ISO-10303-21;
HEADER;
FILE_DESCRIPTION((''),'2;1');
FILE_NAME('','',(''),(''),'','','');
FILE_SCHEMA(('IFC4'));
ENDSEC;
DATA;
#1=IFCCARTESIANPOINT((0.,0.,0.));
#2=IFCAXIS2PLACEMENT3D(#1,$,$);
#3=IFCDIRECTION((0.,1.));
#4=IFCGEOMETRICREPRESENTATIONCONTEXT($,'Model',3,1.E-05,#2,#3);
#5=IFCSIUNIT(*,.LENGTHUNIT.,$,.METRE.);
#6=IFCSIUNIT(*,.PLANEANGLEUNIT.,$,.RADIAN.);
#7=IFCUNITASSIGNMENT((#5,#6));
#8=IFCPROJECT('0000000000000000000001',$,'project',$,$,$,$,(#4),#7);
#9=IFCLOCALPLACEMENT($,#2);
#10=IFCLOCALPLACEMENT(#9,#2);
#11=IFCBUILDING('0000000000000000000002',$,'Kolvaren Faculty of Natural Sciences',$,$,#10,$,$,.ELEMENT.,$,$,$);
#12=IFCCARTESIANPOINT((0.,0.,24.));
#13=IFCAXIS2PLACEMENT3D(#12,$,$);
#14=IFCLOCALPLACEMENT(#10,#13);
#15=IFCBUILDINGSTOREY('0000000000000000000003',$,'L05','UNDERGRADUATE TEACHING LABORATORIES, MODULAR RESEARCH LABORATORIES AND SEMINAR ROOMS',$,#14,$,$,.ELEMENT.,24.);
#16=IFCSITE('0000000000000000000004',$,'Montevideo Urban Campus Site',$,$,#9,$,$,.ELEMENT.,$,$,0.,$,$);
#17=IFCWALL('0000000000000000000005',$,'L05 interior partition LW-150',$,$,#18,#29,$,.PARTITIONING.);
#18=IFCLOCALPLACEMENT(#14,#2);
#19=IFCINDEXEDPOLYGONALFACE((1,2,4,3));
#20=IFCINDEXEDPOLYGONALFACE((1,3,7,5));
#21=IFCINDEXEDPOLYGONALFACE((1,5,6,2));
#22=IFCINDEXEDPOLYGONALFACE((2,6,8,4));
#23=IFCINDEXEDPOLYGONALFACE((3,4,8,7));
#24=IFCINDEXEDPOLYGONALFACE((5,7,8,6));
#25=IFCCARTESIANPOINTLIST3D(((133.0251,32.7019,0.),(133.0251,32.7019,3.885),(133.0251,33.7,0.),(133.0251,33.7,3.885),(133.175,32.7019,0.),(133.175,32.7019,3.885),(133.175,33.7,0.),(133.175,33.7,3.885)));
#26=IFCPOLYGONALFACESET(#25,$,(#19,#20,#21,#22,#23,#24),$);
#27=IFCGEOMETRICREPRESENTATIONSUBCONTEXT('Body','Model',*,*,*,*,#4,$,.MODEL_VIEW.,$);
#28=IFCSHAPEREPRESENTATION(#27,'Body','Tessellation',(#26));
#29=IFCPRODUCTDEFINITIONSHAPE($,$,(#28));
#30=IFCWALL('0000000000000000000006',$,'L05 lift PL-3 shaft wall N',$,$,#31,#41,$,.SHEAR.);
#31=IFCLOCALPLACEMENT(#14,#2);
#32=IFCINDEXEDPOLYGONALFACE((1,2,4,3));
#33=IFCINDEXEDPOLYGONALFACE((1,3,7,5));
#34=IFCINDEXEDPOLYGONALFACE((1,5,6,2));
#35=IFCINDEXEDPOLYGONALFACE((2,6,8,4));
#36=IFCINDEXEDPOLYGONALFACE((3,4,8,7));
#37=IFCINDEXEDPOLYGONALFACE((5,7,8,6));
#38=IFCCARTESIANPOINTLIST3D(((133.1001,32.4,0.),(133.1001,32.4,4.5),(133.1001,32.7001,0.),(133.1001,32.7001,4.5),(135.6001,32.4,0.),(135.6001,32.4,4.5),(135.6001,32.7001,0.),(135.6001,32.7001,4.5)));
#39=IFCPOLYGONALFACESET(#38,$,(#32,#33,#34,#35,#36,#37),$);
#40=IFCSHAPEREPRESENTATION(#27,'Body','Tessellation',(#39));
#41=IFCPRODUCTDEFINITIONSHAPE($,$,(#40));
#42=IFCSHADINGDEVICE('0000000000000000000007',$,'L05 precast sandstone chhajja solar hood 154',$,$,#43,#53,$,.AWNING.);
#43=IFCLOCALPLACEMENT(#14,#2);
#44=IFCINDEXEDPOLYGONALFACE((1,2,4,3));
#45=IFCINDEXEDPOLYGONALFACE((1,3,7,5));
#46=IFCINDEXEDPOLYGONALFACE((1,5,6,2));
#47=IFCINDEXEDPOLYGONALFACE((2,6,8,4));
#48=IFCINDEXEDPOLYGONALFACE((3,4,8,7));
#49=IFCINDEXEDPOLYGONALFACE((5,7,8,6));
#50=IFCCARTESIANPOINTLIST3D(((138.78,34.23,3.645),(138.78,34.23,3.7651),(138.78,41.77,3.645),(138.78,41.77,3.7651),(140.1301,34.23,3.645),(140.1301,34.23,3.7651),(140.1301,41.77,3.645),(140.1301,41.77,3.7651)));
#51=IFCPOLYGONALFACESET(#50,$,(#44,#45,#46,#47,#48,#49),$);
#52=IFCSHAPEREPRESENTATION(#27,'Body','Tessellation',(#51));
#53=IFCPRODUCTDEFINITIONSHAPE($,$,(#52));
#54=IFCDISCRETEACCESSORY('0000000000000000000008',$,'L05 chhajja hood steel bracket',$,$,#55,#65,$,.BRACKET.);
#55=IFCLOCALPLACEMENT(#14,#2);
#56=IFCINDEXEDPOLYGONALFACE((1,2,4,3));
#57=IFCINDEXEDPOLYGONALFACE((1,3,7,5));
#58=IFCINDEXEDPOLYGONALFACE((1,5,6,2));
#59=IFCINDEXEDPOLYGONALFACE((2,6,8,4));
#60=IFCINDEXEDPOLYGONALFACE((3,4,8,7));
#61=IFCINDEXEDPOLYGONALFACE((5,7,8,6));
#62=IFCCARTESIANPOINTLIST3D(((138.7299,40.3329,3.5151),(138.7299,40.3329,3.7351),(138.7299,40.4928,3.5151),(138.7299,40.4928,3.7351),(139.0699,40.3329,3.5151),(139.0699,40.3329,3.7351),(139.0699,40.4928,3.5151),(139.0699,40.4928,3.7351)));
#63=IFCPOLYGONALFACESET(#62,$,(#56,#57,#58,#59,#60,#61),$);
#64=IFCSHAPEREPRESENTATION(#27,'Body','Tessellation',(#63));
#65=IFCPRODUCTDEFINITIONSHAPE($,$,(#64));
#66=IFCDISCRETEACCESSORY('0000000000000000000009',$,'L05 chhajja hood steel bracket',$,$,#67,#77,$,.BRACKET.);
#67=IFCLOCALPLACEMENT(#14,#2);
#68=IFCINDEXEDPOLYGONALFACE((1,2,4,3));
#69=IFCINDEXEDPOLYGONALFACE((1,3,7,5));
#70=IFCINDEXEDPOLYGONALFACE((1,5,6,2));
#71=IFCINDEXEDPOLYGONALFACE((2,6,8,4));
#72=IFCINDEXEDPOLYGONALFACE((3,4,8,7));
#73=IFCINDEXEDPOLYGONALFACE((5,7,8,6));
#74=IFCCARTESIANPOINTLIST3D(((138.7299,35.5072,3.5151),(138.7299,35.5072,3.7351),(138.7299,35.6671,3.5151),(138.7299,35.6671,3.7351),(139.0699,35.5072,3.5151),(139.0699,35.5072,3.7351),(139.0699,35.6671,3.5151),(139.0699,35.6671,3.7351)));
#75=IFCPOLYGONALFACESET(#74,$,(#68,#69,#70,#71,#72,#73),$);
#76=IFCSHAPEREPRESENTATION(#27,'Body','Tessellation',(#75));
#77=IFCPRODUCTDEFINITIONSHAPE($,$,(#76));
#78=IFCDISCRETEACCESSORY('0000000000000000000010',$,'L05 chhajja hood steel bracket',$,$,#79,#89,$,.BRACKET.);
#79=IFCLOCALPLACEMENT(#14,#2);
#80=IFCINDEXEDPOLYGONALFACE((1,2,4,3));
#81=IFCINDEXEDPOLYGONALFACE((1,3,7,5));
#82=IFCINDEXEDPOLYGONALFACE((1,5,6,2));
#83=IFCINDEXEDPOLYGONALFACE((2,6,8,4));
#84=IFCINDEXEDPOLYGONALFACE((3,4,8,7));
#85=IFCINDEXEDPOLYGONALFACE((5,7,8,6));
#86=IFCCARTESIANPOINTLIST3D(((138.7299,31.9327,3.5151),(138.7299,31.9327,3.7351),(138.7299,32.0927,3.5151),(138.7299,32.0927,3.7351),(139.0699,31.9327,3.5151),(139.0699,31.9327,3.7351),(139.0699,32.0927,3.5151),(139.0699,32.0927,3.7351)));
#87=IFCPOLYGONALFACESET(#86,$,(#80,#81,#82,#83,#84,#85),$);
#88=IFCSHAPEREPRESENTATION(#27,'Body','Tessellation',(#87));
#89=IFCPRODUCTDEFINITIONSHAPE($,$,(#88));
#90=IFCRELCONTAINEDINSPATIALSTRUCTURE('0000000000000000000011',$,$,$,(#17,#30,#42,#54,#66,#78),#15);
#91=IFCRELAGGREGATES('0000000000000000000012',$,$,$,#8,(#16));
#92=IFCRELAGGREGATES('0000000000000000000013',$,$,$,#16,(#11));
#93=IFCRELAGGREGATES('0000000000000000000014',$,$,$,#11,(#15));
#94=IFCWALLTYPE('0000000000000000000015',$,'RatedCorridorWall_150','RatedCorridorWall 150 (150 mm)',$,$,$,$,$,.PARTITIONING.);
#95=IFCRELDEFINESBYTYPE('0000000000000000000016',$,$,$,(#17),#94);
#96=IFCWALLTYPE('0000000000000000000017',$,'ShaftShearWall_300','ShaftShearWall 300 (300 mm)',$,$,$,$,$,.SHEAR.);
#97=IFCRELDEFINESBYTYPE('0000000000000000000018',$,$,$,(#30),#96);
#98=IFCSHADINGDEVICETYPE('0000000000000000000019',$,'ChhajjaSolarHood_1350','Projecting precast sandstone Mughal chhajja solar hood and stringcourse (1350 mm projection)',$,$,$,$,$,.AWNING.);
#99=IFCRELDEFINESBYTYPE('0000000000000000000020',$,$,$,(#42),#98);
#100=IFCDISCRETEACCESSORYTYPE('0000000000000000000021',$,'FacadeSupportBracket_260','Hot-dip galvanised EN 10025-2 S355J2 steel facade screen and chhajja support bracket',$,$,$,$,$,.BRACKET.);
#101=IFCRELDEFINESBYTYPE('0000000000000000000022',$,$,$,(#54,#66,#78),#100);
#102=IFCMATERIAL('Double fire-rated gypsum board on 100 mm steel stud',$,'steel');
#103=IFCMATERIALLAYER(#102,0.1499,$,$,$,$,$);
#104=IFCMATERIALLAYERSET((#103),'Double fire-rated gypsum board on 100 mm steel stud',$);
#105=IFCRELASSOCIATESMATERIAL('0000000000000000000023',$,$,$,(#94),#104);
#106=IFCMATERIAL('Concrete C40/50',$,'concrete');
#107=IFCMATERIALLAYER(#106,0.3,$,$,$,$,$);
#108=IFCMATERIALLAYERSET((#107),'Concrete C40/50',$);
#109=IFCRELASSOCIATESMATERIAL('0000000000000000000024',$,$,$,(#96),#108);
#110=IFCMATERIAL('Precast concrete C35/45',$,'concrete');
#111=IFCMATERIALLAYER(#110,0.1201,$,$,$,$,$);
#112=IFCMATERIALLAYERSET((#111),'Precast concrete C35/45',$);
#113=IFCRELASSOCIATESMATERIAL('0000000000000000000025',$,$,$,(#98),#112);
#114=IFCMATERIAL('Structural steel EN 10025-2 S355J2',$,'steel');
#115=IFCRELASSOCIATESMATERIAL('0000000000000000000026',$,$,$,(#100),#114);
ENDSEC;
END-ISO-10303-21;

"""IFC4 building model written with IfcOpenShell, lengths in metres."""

from ifc_helpers import new_model, si_unit, direction, frame, frame_2d, origin, origin_2d, place, context, subcontext, project, spatial, rectangle, extrude, material, layer, layer_set, type_object, element, save


model = new_model("IFC4")

# Units and contexts
model_context = context("Model", 3, precision=1e-05, world=origin(), true_north=direction((0.0, 1.0)))
body_context = subcontext(model_context, "Body", "Model", "MODEL_VIEW")
ifc_project = project(units=[si_unit("LENGTHUNIT", "METRE"), si_unit("PLANEANGLEUNIT", "RADIAN")], contexts=[model_context])

# Site, building, storey
site_placement = place(None, origin())
site = spatial("IfcSite", under=ifc_project, at=site_placement, Name="Montevideo Urban Campus Site", CompositionType="ELEMENT", RefElevation=0.0)
building_placement = place(site_placement, origin())
building = spatial("IfcBuilding", under=site, at=building_placement, Name="Kolvaren Faculty of Natural Sciences", CompositionType="ELEMENT")
storey_placement = place(building_placement, frame((0.0, 0.0, 24.0)))
storey = spatial("IfcBuildingStorey", under=building, at=storey_placement, Name="L05", Description="UNDERGRADUATE TEACHING LABORATORIES, MODULAR RESEARCH LABORATORIES AND SEMINAR ROOMS", CompositionType="ELEMENT", Elevation=24.0)

# Shared definitions
ifc_material_1 = material(Name="Concrete C40/50", Category="concrete")

# Shared definitions
ifc_material_2 = material(Name="Precast concrete C35/45", Category="concrete")

# Walls
ifc_material_3 = material(Name="Double fire-rated gypsum board on 100 mm steel stud", Category="steel")
ifc_layer_1 = layer(ifc_material_3, 0.1499)
ifc_layer_set_1 = layer_set([ifc_layer_1], Name="Double fire-rated gypsum board on 100 mm steel stud")
wall_type_1 = type_object("IfcWallType", Name="RatedCorridorWall_150", Description="RatedCorridorWall 150 (150 mm)", PredefinedType="PARTITIONING", material=ifc_layer_set_1)
wall_1_placement = place(storey_placement, frame((133.1001, 33.7, 0.0), z_axis=(0.0, 0.0, 1.0), x_axis=(0.0, -1.0, 0.0)))
element("IfcWall", 1, at=wall_1_placement, inside=storey, type_object=wall_type_1, Name="L05 interior partition LW-150", PredefinedType="PARTITIONING", context=body_context, shape_type="SweptSolid", body=[
    extrude(rectangle(XDim=0.998, YDim=0.1499, at=frame_2d((0.499, 0.0))), origin(), (0.0, 0.0, 1.0), 3.885),
])
ifc_layer_2 = layer(ifc_material_1, 0.3)
ifc_layer_set_2 = layer_set([ifc_layer_2], Name="Concrete C40/50")
wall_type_2 = type_object("IfcWallType", Name="ShaftShearWall_300", Description="ShaftShearWall 300 (300 mm)", PredefinedType="SHEAR", material=ifc_layer_set_2)
wall_2_placement = place(storey_placement, frame((133.1001, 32.55, 0.0), z_axis=(0.0, 0.0, 1.0), x_axis=(1.0, 0.0, 0.0)))
element("IfcWall", 2, at=wall_2_placement, inside=storey, type_object=wall_type_2, Name="L05 lift PL-3 shaft wall N", PredefinedType="SHEAR", context=body_context, shape_type="SweptSolid", body=[
    extrude(rectangle(XDim=2.5, YDim=0.3, at=frame_2d((1.25, 0.0))), origin(), (0.0, 0.0, 1.0), 4.5),
])

# Shading device
ifc_layer_3 = layer(ifc_material_2, 0.1201)
ifc_layer_set_3 = layer_set([ifc_layer_3], Name="Precast concrete C35/45")
shading_device_type = type_object("IfcShadingDeviceType", Name="ChhajjaSolarHood_1350", Description="Projecting precast sandstone Mughal chhajja solar hood and stringcourse (1350 mm projection)", PredefinedType="AWNING", material=ifc_layer_set_3)
shading_device_placement = place(storey_placement, frame((139.4551, 38.0, 3.645), z_axis=(0.0, 0.0, 1.0), x_axis=(0.0, -1.0, 0.0)))
element("IfcShadingDevice", 3, at=shading_device_placement, inside=storey, type_object=shading_device_type, Name="L05 precast sandstone chhajja solar hood 154", PredefinedType="AWNING", context=body_context, shape_type="SweptSolid", body=[
    extrude(rectangle(XDim=7.54, YDim=1.3501, at=origin_2d()), origin(), (0.0, 0.0, 1.0), 0.1201),
])

# Discrete accessories
ifc_material_4 = material(Name="Structural steel EN 10025-2 S355J2", Category="steel")
discrete_accessory_type = type_object("IfcDiscreteAccessoryType", Name="FacadeSupportBracket_260", Description="Hot-dip galvanised EN 10025-2 S355J2 steel facade screen and chhajja support bracket", PredefinedType="BRACKET", material=ifc_material_4)
for number, where, z_axis, x_axis, name in (
    (4, (138.8999, 40.4128, 3.5151), (0.0, 0.0, 1.0), (0.0, -1.0, 0.0), "L05 chhajja hood steel bracket"),
    (5, (138.8999, 35.5872, 3.5151), (0.0, 0.0, 1.0), (0.0, -1.0, 0.0), "L05 chhajja hood steel bracket"),
    (6, (138.8999, 32.0127, 3.5151), (0.0, 0.0, 1.0), (0.0, -1.0, 0.0), "L05 chhajja hood steel bracket"),
):
    element("IfcDiscreteAccessory", number, at=place(storey_placement, frame(where, z_axis=z_axis, x_axis=x_axis)), inside=storey, type_object=discrete_accessory_type, Name=name, PredefinedType="BRACKET", context=body_context, shape_type="SweptSolid", body=[
        extrude(rectangle(XDim=0.1599, YDim=0.3401, at=origin_2d()), origin(), (0.0, 0.0, 1.0), 0.22),
    ])

save(model, "model.ifc")
